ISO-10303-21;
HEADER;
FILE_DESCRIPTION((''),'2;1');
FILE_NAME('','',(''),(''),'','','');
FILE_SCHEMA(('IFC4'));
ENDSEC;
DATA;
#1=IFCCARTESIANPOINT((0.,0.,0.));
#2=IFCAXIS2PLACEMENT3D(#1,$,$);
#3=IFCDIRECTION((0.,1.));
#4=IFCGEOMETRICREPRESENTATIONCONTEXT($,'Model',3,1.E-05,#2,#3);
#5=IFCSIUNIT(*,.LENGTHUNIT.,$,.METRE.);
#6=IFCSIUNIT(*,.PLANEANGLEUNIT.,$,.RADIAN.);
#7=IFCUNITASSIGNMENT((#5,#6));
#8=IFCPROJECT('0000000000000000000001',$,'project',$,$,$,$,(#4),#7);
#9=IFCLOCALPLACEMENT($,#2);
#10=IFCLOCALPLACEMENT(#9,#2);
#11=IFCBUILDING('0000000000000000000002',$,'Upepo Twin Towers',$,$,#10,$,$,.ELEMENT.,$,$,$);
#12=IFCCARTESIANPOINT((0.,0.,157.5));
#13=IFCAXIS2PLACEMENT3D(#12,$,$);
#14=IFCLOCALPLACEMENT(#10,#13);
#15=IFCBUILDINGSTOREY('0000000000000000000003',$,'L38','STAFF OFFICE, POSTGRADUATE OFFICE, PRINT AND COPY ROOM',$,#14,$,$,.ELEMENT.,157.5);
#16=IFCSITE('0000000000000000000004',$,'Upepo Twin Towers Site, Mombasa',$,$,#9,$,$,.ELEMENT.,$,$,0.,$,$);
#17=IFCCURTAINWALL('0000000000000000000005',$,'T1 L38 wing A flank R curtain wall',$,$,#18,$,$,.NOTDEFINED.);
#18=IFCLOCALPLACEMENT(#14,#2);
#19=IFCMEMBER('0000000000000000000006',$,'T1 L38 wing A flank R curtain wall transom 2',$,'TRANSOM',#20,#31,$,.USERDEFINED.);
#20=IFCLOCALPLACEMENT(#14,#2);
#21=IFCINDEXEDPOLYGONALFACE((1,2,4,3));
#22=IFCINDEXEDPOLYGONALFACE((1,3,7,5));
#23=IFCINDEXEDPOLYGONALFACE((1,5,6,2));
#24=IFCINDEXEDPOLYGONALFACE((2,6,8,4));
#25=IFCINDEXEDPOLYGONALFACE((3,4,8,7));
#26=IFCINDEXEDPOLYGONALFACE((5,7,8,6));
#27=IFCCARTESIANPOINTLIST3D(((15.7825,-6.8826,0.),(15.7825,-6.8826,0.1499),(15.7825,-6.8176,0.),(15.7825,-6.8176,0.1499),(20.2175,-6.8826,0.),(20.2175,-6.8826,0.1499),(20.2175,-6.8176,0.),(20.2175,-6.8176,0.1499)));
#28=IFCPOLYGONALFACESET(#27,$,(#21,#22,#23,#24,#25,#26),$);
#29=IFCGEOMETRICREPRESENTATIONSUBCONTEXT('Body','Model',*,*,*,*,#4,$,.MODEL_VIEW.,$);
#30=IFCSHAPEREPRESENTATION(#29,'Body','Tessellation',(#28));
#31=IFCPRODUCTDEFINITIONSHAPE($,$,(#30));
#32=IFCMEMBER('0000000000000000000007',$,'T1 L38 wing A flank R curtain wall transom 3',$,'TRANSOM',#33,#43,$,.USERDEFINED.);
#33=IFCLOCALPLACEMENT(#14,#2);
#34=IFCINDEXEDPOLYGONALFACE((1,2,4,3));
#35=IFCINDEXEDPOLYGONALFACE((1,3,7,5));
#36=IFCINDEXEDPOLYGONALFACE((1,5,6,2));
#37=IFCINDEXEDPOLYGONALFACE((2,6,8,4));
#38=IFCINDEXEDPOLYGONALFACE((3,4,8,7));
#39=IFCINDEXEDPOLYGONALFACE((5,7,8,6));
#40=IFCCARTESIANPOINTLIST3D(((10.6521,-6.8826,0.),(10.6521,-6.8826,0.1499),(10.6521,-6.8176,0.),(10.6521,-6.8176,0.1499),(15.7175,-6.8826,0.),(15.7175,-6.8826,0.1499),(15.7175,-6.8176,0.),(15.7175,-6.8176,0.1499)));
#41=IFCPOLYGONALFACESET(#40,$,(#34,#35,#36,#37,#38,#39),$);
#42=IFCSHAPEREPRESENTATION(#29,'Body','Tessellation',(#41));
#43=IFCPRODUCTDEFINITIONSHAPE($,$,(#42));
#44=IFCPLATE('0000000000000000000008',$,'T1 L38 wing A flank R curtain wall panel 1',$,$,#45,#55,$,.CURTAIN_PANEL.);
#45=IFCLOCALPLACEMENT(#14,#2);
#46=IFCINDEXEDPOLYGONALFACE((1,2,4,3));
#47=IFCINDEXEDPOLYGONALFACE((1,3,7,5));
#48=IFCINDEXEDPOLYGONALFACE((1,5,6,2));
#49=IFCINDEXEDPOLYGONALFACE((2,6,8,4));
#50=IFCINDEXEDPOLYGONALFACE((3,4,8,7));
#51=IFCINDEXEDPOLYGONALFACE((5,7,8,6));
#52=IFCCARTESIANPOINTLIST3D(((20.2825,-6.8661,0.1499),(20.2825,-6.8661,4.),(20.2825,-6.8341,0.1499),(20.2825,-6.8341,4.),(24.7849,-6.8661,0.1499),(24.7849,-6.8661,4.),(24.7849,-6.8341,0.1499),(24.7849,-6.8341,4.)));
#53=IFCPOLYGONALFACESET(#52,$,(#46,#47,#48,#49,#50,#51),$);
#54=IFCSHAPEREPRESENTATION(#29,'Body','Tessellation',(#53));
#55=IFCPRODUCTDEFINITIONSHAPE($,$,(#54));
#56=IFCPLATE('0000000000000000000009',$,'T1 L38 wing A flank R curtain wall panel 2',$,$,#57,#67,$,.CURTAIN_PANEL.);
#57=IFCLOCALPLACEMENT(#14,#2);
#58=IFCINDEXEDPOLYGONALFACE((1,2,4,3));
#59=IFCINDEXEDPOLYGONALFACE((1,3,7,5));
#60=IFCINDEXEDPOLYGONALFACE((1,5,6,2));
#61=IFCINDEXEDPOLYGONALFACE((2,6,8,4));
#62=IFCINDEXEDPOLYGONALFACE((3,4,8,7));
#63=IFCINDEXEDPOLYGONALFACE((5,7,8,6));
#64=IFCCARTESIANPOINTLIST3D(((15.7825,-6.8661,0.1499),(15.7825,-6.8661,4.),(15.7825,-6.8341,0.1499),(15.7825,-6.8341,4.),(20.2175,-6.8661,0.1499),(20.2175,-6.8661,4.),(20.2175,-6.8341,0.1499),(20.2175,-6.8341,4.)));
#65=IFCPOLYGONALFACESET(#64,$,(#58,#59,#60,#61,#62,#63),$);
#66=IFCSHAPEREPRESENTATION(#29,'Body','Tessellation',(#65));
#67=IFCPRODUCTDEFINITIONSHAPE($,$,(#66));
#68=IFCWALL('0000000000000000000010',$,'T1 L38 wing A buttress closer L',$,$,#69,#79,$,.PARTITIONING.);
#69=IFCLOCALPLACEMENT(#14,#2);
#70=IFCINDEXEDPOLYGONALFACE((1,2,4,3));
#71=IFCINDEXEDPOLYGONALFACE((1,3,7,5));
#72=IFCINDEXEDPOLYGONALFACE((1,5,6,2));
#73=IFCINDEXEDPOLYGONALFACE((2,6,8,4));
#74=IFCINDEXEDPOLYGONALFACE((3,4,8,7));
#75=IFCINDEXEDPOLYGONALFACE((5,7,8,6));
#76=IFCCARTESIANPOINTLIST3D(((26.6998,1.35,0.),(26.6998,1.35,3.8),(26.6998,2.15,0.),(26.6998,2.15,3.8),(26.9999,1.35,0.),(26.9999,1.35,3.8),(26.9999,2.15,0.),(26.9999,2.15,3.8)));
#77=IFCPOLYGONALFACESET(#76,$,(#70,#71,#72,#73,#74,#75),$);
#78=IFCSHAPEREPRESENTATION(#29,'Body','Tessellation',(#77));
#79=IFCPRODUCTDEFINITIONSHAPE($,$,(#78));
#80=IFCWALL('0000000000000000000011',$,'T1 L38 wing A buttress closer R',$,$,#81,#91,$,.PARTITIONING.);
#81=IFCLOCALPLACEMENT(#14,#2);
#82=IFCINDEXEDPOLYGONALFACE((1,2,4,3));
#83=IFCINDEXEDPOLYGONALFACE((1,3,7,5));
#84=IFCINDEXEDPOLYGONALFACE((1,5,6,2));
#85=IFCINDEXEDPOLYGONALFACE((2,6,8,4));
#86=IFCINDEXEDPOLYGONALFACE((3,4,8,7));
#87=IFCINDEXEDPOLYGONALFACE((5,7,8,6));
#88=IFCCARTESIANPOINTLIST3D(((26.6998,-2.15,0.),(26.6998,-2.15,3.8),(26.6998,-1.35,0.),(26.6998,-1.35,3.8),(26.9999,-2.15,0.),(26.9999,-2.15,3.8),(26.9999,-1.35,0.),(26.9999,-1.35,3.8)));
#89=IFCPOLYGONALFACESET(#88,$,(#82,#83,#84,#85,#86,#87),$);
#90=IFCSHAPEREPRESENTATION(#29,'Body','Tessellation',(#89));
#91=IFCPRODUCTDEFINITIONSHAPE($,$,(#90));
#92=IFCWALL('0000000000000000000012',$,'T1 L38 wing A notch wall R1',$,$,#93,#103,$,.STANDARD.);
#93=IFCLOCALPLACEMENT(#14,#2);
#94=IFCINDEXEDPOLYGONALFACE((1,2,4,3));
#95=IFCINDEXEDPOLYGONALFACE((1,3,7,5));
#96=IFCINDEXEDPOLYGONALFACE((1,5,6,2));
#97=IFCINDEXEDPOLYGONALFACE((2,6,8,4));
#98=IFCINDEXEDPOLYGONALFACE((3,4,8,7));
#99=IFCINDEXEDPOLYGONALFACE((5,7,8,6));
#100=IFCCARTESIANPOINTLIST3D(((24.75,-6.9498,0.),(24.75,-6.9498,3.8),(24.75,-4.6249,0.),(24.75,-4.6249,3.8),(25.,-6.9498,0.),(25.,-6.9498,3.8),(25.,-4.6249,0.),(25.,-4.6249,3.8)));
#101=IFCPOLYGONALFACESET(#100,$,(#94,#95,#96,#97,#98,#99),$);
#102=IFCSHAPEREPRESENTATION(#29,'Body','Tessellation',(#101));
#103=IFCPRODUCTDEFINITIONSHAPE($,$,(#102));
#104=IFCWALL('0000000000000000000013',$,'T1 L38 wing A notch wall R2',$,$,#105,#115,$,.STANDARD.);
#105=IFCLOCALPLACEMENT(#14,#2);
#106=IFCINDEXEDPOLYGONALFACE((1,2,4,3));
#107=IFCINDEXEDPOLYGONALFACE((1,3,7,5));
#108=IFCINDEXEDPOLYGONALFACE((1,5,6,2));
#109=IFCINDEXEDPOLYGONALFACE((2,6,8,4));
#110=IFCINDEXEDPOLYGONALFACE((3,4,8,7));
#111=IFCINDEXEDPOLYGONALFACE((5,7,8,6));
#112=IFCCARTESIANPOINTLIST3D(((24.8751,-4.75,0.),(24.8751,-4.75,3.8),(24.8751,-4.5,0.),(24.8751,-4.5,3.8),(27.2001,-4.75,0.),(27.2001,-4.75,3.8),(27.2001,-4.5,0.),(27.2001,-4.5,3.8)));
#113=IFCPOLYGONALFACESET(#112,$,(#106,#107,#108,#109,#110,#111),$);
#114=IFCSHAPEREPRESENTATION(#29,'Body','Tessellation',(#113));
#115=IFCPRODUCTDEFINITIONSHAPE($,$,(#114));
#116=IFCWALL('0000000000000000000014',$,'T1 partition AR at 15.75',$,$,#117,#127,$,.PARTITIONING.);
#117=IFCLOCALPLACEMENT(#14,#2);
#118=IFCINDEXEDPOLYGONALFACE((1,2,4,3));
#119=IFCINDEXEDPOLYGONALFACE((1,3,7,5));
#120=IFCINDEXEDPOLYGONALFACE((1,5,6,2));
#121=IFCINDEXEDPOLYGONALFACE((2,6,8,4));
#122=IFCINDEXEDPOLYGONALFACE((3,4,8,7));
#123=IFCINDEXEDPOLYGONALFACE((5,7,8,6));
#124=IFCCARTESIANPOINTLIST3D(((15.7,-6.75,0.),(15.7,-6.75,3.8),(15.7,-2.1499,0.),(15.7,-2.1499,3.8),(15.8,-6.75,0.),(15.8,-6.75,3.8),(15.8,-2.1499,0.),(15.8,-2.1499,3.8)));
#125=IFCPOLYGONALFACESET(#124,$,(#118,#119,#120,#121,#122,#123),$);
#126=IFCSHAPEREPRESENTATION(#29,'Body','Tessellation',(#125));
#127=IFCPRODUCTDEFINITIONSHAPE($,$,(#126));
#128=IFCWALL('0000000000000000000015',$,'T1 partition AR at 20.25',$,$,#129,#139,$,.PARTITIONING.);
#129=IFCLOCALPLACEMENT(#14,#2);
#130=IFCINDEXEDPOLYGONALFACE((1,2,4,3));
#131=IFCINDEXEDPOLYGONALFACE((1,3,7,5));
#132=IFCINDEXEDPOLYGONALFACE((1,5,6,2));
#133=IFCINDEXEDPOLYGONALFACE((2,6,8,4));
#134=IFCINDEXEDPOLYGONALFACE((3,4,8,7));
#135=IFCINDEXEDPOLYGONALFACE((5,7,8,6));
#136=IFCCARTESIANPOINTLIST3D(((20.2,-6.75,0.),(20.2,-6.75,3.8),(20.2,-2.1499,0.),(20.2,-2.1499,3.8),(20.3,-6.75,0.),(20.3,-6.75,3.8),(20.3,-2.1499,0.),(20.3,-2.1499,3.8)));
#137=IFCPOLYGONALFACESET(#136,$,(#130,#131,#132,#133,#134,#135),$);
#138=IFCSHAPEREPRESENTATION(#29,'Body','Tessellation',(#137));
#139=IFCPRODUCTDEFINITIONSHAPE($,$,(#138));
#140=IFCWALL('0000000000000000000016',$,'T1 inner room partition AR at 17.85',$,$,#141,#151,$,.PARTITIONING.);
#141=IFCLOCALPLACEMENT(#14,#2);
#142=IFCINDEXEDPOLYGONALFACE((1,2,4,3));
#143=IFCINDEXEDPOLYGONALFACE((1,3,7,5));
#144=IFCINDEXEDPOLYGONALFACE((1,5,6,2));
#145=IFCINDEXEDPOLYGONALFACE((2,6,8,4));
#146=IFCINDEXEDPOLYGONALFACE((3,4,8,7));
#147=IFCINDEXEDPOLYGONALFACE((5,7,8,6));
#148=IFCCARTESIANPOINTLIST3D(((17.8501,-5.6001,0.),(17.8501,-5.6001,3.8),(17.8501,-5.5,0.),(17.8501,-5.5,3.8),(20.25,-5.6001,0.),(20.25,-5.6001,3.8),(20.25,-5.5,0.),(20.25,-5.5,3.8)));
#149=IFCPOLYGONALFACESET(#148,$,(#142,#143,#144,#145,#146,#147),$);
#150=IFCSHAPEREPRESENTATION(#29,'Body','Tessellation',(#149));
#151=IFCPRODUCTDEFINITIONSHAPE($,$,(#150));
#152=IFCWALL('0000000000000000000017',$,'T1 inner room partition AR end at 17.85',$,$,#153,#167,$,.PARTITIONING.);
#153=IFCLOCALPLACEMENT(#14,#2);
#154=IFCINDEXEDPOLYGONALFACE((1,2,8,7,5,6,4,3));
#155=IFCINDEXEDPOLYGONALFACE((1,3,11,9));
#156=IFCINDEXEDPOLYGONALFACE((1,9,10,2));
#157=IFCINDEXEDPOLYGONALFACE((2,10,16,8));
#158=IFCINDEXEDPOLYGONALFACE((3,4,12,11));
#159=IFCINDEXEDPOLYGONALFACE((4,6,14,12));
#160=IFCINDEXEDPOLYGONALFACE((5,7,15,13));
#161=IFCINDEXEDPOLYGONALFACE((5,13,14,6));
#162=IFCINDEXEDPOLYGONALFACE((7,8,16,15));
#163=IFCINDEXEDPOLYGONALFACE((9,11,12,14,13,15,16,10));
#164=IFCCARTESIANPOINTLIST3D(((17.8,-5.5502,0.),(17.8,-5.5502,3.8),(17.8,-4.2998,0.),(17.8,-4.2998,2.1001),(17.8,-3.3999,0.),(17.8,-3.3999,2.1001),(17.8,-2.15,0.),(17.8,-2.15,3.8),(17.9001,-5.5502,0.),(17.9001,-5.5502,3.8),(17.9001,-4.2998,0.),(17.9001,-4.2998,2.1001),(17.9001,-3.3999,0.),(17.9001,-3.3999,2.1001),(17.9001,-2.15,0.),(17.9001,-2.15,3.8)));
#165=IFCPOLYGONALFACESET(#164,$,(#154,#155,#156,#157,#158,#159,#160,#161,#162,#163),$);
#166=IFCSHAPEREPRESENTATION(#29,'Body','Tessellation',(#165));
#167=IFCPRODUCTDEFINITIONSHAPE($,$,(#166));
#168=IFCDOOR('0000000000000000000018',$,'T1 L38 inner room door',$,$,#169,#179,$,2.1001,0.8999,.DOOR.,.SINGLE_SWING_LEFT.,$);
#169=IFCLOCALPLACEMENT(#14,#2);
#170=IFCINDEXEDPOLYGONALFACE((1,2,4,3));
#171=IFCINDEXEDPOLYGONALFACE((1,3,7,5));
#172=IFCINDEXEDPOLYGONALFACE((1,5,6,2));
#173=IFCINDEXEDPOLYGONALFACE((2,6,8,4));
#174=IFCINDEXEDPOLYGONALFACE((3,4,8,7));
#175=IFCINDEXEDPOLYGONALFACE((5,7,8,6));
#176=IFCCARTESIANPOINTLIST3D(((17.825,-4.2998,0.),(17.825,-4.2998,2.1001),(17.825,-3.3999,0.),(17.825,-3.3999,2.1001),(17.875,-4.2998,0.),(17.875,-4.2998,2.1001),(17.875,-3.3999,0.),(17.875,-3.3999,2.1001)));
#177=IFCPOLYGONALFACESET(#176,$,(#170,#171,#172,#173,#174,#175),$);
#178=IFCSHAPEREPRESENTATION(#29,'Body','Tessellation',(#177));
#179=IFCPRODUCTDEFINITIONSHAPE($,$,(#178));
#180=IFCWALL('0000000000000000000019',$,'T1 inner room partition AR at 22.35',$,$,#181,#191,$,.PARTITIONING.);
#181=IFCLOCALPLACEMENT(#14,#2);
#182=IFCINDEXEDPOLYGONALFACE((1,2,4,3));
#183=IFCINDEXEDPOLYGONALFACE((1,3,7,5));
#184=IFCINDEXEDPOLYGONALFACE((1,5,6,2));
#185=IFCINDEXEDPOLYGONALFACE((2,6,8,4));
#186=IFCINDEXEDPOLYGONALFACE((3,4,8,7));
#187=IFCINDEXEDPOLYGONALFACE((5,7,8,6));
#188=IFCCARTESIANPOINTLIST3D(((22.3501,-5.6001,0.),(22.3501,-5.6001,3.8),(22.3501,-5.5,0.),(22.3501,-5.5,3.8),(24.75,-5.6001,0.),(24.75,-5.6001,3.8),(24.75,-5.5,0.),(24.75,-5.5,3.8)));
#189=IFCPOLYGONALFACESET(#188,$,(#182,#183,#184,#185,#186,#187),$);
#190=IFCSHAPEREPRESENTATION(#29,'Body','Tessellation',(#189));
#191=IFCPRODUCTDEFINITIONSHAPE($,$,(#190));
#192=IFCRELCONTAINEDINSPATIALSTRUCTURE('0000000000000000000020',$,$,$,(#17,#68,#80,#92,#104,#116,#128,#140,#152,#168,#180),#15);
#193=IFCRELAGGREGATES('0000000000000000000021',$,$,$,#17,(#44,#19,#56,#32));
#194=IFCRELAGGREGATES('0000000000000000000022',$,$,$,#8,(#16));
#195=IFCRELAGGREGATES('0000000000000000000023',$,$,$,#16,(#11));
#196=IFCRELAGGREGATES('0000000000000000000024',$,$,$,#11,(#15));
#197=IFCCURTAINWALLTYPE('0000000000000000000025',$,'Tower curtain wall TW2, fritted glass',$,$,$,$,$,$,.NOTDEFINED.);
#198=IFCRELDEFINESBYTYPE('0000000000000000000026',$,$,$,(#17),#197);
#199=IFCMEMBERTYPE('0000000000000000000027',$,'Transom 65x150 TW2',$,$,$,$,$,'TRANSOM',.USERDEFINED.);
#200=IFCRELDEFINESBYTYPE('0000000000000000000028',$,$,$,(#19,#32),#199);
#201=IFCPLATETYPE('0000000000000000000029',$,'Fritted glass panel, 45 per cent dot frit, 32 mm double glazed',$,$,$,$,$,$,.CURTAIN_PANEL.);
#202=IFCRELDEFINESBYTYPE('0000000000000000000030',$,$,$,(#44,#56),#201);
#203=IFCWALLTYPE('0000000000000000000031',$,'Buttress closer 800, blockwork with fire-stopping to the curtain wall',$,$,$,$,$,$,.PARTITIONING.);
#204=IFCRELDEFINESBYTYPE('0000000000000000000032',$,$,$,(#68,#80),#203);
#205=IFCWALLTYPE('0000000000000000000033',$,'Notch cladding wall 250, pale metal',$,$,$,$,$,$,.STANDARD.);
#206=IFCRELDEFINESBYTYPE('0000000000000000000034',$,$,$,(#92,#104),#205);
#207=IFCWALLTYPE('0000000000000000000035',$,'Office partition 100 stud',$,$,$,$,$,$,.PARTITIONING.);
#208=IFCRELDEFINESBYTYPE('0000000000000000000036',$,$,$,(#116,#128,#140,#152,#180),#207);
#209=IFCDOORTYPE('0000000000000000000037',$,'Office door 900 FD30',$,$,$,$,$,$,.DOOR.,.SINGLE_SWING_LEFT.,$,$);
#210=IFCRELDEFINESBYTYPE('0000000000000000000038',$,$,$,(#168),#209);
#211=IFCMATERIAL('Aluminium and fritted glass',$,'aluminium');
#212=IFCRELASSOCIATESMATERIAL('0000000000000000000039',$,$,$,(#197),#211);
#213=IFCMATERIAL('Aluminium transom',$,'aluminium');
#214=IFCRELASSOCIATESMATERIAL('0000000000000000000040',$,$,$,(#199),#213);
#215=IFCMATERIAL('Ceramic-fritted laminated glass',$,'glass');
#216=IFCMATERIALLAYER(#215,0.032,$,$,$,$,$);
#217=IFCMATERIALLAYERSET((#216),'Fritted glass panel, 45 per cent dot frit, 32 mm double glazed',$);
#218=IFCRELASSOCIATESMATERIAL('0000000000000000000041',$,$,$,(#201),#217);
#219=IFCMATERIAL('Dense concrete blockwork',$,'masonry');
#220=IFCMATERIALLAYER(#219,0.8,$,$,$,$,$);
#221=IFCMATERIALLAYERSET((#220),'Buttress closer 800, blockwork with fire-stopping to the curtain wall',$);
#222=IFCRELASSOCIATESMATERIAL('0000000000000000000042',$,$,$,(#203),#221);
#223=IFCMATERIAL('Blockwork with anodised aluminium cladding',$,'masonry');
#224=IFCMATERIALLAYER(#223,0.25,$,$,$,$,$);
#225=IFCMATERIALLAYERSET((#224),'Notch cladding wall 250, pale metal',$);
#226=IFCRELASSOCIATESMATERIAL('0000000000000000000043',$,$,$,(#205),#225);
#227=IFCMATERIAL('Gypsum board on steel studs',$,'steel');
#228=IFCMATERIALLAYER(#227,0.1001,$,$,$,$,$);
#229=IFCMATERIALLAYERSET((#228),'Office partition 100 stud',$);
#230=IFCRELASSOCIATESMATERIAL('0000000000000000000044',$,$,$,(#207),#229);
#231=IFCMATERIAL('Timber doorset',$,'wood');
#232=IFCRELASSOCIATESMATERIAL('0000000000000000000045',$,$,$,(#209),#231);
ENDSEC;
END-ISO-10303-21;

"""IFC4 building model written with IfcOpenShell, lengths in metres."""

from ifc_helpers import new_model, si_unit, direction, frame, frame_2d, origin, origin_2d, place, context, subcontext, project, spatial, rectangle, extrude, material, layer, layer_set, material_profile, profile_set, type_object, element, fill, aggregate, save


model = new_model("IFC4")

# Units and contexts
model_context = context("Model", 3, precision=1e-05, world=origin(), true_north=direction((0.0, 1.0)))
body_context = subcontext(model_context, "Body", "Model", "MODEL_VIEW")
ifc_project = project(units=[si_unit("LENGTHUNIT", "METRE"), si_unit("PLANEANGLEUNIT", "RADIAN")], contexts=[model_context])

# Site, building, storey
site_placement = place(None, origin())
site = spatial("IfcSite", under=ifc_project, at=site_placement, Name="Upepo Twin Towers Site, Mombasa", CompositionType="ELEMENT", RefElevation=0.0)
building_placement = place(site_placement, origin())
building = spatial("IfcBuilding", under=site, at=building_placement, Name="Upepo Twin Towers", CompositionType="ELEMENT")
storey_placement = place(building_placement, frame((0.0, 0.0, 157.5)))
storey = spatial("IfcBuildingStorey", under=building, at=storey_placement, Name="L38", Description="STAFF OFFICE, POSTGRADUATE OFFICE, PRINT AND COPY ROOM", CompositionType="ELEMENT", Elevation=157.5)

# Curtain wall
ifc_material_1 = material(Name="Aluminium and fritted glass", Category="aluminium")
curtain_wall_type = type_object("IfcCurtainWallType", Name="Tower curtain wall TW2, fritted glass", PredefinedType="NOTDEFINED", material=ifc_material_1)
curtain_wall_1_placement = place(storey_placement, origin())
curtain_wall_1 = element("IfcCurtainWall", 1, at=curtain_wall_1_placement, inside=storey, type_object=curtain_wall_type, Name="T1 L38 wing A flank R curtain wall", PredefinedType="NOTDEFINED")

# Members
ifc_material_2 = material(Name="Aluminium transom", Category="aluminium")
ifc_material_profile_1 = material_profile(ifc_material_2, rectangle(XDim=0.0649, YDim=0.1499, at=origin_2d()), Name="TRANSOM 65x150")
ifc_profile_set_1 = profile_set([ifc_material_profile_1], Name="Aluminium transom")
member_type_1 = type_object("IfcMemberType", Name="Transom 65x150 TW2", ElementType="TRANSOM", PredefinedType="USERDEFINED", material=ifc_profile_set_1)
member_1_placement = place(storey_placement, frame((20.2175, -6.8501, 0.075), z_axis=(-1.0, 0.0, 0.0), x_axis=(0.0, -1.0, 0.0)))
member_1 = element("IfcMember", 2, at=member_1_placement, type_object=member_type_1, Name="T1 L38 wing A flank R curtain wall transom 2", ObjectType="TRANSOM", PredefinedType="USERDEFINED", context=body_context, shape_type="SweptSolid", body=[
    extrude(rectangle(XDim=0.0649, YDim=0.1499, at=origin_2d()), origin(), (0.0, 0.0, 1.0), 4.4351),
])
member_2_placement = place(storey_placement, frame((15.7175, -6.8501, 0.075), z_axis=(-1.0, 0.0, 0.0), x_axis=(0.0, -1.0, 0.0)))
member_2 = element("IfcMember", 3, at=member_2_placement, type_object=member_type_1, Name="T1 L38 wing A flank R curtain wall transom 3", ObjectType="TRANSOM", PredefinedType="USERDEFINED", context=body_context, shape_type="SweptSolid", body=[
    extrude(rectangle(XDim=0.0649, YDim=0.1499, at=origin_2d()), origin(), (0.0, 0.0, 1.0), 5.0654),
])

# Plates
ifc_material_3 = material(Name="Ceramic-fritted laminated glass", Category="glass")
ifc_layer_1 = layer(ifc_material_3, 0.032)
ifc_layer_set_1 = layer_set([ifc_layer_1], Name="Fritted glass panel, 45 per cent dot frit, 32 mm double glazed")
plate_type = type_object("IfcPlateType", Name="Fritted glass panel, 45 per cent dot frit, 32 mm double glazed", PredefinedType="CURTAIN_PANEL", material=ifc_layer_set_1)
plate_1_placement = place(storey_placement, frame((22.5337, -6.8501, 0.1499), z_axis=(0.0, 0.0, 1.0), x_axis=(-1.0, 0.0, 0.0)))
plate_1 = element("IfcPlate", 4, at=plate_1_placement, type_object=plate_type, Name="T1 L38 wing A flank R curtain wall panel 1", PredefinedType="CURTAIN_PANEL", context=body_context, shape_type="SweptSolid", body=[
    extrude(rectangle(XDim=4.5024, YDim=0.032, at=origin_2d()), origin(), (0.0, 0.0, 1.0), 3.8501),
])
plate_2_placement = place(storey_placement, frame((18.0, -6.8501, 0.1499), z_axis=(0.0, 0.0, 1.0), x_axis=(-1.0, 0.0, 0.0)))
plate_2 = element("IfcPlate", 5, at=plate_2_placement, type_object=plate_type, Name="T1 L38 wing A flank R curtain wall panel 2", PredefinedType="CURTAIN_PANEL", context=body_context, shape_type="SweptSolid", body=[
    extrude(rectangle(XDim=4.4351, YDim=0.032, at=origin_2d()), origin(), (0.0, 0.0, 1.0), 3.8501),
])
aggregate(curtain_wall_1, [plate_1, member_1, plate_2, member_2])

# Walls
ifc_material_4 = material(Name="Dense concrete blockwork", Category="masonry")
ifc_layer_2 = layer(ifc_material_4, 0.8)
ifc_layer_set_2 = layer_set([ifc_layer_2], Name="Buttress closer 800, blockwork with fire-stopping to the curtain wall")
wall_type_1 = type_object("IfcWallType", Name="Buttress closer 800, blockwork with fire-stopping to the curtain wall", PredefinedType="PARTITIONING", material=ifc_layer_set_2)
for number, where, z_axis, x_axis, name in (
    (6, (26.7, 1.75, 0.0), (0.0, 0.0, 1.0), (1.0, 0.0, 0.0), "T1 L38 wing A buttress closer L"),
    (7, (26.7, -1.75, 0.0), (0.0, 0.0, 1.0), (1.0, 0.0, 0.0), "T1 L38 wing A buttress closer R"),
):
    element("IfcWall", number, at=place(storey_placement, frame(where, z_axis=z_axis, x_axis=x_axis)), inside=storey, type_object=wall_type_1, Name=name, PredefinedType="PARTITIONING", context=body_context, shape_type="SweptSolid", body=[
        extrude(rectangle(XDim=0.3, YDim=0.8, at=frame_2d((0.1499, 0.0))), origin(), (0.0, 0.0, 1.0), 3.8),
    ])
ifc_material_5 = material(Name="Blockwork with anodised aluminium cladding", Category="masonry")
ifc_layer_3 = layer(ifc_material_5, 0.25)
ifc_layer_set_3 = layer_set([ifc_layer_3], Name="Notch cladding wall 250, pale metal")
wall_type_2 = type_object("IfcWallType", Name="Notch cladding wall 250, pale metal", PredefinedType="STANDARD", material=ifc_layer_set_3)
for number, where, z_axis, x_axis, name in (
    (8, (24.875, -6.95, 0.0), (0.0, 0.0, 1.0), (0.0, 1.0, 0.0), "T1 L38 wing A notch wall R1"),
    (9, (24.875, -4.625, 0.0), (0.0, 0.0, 1.0), (1.0, 0.0, 0.0), "T1 L38 wing A notch wall R2"),
):
    element("IfcWall", number, at=place(storey_placement, frame(where, z_axis=z_axis, x_axis=x_axis)), inside=storey, type_object=wall_type_2, Name=name, PredefinedType="STANDARD", context=body_context, shape_type="SweptSolid", body=[
        extrude(rectangle(XDim=2.325, YDim=0.25, at=frame_2d((1.1626, 0.0))), origin(), (0.0, 0.0, 1.0), 3.8),
    ])
ifc_material_6 = material(Name="Gypsum board on steel studs", Category="steel")
ifc_layer_4 = layer(ifc_material_6, 0.1001)
ifc_layer_set_4 = layer_set([ifc_layer_4], Name="Office partition 100 stud")
wall_type_3 = type_object("IfcWallType", Name="Office partition 100 stud", PredefinedType="PARTITIONING", material=ifc_layer_set_4)
for number, where, z_axis, x_axis, name in (
    (10, (15.75, -2.1499, 0.0), (0.0, 0.0, 1.0), (0.0, -1.0, 0.0), "T1 partition AR at 15.75"),
    (11, (20.25, -2.1499, 0.0), (0.0, 0.0, 1.0), (0.0, -1.0, 0.0), "T1 partition AR at 20.25"),
):
    element("IfcWall", number, at=place(storey_placement, frame(where, z_axis=z_axis, x_axis=x_axis)), inside=storey, type_object=wall_type_3, Name=name, PredefinedType="PARTITIONING", context=body_context, shape_type="SweptSolid", body=[
        extrude(rectangle(XDim=4.6001, YDim=0.1001, at=frame_2d((2.3, 0.0))), origin(), (0.0, 0.0, 1.0), 3.8),
    ])
wall_1_placement = place(storey_placement, frame((17.8501, -5.55, 0.0), z_axis=(0.0, 0.0, 1.0), x_axis=(1.0, 0.0, 0.0)))
element("IfcWall", 12, at=wall_1_placement, inside=storey, type_object=wall_type_3, Name="T1 inner room partition AR at 17.85", PredefinedType="PARTITIONING", context=body_context, shape_type="SweptSolid", body=[
    extrude(rectangle(XDim=2.3999, YDim=0.1001, at=frame_2d((1.2, 0.0))), origin(), (0.0, 0.0, 1.0), 3.8),
])

# Wall, opening, door
wall_2_placement = place(storey_placement, frame((17.8501, -2.1499, 0.0), z_axis=(0.0, 0.0, 1.0), x_axis=(0.0, -1.0, 0.0)))
wall_2 = element("IfcWall", 13, at=wall_2_placement, inside=storey, type_object=wall_type_3, Name="T1 inner room partition AR end at 17.85", PredefinedType="PARTITIONING", context=body_context, shape_type="SweptSolid", body=[
    extrude(rectangle(XDim=3.4001, YDim=0.1001, at=frame_2d((1.7002, 0.0))), origin(), (0.0, 0.0, 1.0), 3.8),
])
opening_1_placement = place(wall_2_placement, frame((1.25, 0.0, 0.0)))
opening_1 = element("IfcOpeningElement", 14, at=opening_1_placement, cuts=wall_2, PredefinedType="OPENING", context=body_context, shape_type="SweptSolid", body=[
    extrude(rectangle(XDim=0.8999, YDim=2.1001, at=frame_2d((0.45, 1.05))), frame((0.0, 0.0601, 0.0), z_axis=(0.0, -1.0, 0.0), x_axis=(1.0, 0.0, 0.0)), (0.0, 0.0, 1.0), 0.1201),
])
ifc_material_7 = material(Name="Timber doorset", Category="wood")
door_type_1 = type_object("IfcDoorType", Name="Office door 900 FD30", OperationType="SINGLE_SWING_LEFT", PredefinedType="DOOR", material=ifc_material_7)
door_1_placement = place(opening_1_placement, origin())
door_1 = element("IfcDoor", 15, at=door_1_placement, inside=storey, type_object=door_type_1, Name="T1 L38 inner room door", OperationType="SINGLE_SWING_LEFT", OverallHeight=2.1001, OverallWidth=0.8999, PredefinedType="DOOR", context=body_context, shape_type="SweptSolid", body=[
    extrude(rectangle(XDim=0.8999, YDim=2.1001, at=frame_2d((0.45, 1.05))), frame((0.0, 0.0249, 0.0), z_axis=(0.0, -1.0, 0.0), x_axis=(1.0, 0.0, 0.0)), (0.0, 0.0, 1.0), 0.05),
])
fill(opening_1, door_1)

# Wall
wall_3_placement = place(storey_placement, frame((22.3501, -5.55, 0.0), z_axis=(0.0, 0.0, 1.0), x_axis=(1.0, 0.0, 0.0)))
element("IfcWall", 16, at=wall_3_placement, inside=storey, type_object=wall_type_3, Name="T1 inner room partition AR at 22.35", PredefinedType="PARTITIONING", context=body_context, shape_type="SweptSolid", body=[
    extrude(rectangle(XDim=2.3999, YDim=0.1001, at=frame_2d((1.2, 0.0))), origin(), (0.0, 0.0, 1.0), 3.8),
])

save(model, "model.ifc")
